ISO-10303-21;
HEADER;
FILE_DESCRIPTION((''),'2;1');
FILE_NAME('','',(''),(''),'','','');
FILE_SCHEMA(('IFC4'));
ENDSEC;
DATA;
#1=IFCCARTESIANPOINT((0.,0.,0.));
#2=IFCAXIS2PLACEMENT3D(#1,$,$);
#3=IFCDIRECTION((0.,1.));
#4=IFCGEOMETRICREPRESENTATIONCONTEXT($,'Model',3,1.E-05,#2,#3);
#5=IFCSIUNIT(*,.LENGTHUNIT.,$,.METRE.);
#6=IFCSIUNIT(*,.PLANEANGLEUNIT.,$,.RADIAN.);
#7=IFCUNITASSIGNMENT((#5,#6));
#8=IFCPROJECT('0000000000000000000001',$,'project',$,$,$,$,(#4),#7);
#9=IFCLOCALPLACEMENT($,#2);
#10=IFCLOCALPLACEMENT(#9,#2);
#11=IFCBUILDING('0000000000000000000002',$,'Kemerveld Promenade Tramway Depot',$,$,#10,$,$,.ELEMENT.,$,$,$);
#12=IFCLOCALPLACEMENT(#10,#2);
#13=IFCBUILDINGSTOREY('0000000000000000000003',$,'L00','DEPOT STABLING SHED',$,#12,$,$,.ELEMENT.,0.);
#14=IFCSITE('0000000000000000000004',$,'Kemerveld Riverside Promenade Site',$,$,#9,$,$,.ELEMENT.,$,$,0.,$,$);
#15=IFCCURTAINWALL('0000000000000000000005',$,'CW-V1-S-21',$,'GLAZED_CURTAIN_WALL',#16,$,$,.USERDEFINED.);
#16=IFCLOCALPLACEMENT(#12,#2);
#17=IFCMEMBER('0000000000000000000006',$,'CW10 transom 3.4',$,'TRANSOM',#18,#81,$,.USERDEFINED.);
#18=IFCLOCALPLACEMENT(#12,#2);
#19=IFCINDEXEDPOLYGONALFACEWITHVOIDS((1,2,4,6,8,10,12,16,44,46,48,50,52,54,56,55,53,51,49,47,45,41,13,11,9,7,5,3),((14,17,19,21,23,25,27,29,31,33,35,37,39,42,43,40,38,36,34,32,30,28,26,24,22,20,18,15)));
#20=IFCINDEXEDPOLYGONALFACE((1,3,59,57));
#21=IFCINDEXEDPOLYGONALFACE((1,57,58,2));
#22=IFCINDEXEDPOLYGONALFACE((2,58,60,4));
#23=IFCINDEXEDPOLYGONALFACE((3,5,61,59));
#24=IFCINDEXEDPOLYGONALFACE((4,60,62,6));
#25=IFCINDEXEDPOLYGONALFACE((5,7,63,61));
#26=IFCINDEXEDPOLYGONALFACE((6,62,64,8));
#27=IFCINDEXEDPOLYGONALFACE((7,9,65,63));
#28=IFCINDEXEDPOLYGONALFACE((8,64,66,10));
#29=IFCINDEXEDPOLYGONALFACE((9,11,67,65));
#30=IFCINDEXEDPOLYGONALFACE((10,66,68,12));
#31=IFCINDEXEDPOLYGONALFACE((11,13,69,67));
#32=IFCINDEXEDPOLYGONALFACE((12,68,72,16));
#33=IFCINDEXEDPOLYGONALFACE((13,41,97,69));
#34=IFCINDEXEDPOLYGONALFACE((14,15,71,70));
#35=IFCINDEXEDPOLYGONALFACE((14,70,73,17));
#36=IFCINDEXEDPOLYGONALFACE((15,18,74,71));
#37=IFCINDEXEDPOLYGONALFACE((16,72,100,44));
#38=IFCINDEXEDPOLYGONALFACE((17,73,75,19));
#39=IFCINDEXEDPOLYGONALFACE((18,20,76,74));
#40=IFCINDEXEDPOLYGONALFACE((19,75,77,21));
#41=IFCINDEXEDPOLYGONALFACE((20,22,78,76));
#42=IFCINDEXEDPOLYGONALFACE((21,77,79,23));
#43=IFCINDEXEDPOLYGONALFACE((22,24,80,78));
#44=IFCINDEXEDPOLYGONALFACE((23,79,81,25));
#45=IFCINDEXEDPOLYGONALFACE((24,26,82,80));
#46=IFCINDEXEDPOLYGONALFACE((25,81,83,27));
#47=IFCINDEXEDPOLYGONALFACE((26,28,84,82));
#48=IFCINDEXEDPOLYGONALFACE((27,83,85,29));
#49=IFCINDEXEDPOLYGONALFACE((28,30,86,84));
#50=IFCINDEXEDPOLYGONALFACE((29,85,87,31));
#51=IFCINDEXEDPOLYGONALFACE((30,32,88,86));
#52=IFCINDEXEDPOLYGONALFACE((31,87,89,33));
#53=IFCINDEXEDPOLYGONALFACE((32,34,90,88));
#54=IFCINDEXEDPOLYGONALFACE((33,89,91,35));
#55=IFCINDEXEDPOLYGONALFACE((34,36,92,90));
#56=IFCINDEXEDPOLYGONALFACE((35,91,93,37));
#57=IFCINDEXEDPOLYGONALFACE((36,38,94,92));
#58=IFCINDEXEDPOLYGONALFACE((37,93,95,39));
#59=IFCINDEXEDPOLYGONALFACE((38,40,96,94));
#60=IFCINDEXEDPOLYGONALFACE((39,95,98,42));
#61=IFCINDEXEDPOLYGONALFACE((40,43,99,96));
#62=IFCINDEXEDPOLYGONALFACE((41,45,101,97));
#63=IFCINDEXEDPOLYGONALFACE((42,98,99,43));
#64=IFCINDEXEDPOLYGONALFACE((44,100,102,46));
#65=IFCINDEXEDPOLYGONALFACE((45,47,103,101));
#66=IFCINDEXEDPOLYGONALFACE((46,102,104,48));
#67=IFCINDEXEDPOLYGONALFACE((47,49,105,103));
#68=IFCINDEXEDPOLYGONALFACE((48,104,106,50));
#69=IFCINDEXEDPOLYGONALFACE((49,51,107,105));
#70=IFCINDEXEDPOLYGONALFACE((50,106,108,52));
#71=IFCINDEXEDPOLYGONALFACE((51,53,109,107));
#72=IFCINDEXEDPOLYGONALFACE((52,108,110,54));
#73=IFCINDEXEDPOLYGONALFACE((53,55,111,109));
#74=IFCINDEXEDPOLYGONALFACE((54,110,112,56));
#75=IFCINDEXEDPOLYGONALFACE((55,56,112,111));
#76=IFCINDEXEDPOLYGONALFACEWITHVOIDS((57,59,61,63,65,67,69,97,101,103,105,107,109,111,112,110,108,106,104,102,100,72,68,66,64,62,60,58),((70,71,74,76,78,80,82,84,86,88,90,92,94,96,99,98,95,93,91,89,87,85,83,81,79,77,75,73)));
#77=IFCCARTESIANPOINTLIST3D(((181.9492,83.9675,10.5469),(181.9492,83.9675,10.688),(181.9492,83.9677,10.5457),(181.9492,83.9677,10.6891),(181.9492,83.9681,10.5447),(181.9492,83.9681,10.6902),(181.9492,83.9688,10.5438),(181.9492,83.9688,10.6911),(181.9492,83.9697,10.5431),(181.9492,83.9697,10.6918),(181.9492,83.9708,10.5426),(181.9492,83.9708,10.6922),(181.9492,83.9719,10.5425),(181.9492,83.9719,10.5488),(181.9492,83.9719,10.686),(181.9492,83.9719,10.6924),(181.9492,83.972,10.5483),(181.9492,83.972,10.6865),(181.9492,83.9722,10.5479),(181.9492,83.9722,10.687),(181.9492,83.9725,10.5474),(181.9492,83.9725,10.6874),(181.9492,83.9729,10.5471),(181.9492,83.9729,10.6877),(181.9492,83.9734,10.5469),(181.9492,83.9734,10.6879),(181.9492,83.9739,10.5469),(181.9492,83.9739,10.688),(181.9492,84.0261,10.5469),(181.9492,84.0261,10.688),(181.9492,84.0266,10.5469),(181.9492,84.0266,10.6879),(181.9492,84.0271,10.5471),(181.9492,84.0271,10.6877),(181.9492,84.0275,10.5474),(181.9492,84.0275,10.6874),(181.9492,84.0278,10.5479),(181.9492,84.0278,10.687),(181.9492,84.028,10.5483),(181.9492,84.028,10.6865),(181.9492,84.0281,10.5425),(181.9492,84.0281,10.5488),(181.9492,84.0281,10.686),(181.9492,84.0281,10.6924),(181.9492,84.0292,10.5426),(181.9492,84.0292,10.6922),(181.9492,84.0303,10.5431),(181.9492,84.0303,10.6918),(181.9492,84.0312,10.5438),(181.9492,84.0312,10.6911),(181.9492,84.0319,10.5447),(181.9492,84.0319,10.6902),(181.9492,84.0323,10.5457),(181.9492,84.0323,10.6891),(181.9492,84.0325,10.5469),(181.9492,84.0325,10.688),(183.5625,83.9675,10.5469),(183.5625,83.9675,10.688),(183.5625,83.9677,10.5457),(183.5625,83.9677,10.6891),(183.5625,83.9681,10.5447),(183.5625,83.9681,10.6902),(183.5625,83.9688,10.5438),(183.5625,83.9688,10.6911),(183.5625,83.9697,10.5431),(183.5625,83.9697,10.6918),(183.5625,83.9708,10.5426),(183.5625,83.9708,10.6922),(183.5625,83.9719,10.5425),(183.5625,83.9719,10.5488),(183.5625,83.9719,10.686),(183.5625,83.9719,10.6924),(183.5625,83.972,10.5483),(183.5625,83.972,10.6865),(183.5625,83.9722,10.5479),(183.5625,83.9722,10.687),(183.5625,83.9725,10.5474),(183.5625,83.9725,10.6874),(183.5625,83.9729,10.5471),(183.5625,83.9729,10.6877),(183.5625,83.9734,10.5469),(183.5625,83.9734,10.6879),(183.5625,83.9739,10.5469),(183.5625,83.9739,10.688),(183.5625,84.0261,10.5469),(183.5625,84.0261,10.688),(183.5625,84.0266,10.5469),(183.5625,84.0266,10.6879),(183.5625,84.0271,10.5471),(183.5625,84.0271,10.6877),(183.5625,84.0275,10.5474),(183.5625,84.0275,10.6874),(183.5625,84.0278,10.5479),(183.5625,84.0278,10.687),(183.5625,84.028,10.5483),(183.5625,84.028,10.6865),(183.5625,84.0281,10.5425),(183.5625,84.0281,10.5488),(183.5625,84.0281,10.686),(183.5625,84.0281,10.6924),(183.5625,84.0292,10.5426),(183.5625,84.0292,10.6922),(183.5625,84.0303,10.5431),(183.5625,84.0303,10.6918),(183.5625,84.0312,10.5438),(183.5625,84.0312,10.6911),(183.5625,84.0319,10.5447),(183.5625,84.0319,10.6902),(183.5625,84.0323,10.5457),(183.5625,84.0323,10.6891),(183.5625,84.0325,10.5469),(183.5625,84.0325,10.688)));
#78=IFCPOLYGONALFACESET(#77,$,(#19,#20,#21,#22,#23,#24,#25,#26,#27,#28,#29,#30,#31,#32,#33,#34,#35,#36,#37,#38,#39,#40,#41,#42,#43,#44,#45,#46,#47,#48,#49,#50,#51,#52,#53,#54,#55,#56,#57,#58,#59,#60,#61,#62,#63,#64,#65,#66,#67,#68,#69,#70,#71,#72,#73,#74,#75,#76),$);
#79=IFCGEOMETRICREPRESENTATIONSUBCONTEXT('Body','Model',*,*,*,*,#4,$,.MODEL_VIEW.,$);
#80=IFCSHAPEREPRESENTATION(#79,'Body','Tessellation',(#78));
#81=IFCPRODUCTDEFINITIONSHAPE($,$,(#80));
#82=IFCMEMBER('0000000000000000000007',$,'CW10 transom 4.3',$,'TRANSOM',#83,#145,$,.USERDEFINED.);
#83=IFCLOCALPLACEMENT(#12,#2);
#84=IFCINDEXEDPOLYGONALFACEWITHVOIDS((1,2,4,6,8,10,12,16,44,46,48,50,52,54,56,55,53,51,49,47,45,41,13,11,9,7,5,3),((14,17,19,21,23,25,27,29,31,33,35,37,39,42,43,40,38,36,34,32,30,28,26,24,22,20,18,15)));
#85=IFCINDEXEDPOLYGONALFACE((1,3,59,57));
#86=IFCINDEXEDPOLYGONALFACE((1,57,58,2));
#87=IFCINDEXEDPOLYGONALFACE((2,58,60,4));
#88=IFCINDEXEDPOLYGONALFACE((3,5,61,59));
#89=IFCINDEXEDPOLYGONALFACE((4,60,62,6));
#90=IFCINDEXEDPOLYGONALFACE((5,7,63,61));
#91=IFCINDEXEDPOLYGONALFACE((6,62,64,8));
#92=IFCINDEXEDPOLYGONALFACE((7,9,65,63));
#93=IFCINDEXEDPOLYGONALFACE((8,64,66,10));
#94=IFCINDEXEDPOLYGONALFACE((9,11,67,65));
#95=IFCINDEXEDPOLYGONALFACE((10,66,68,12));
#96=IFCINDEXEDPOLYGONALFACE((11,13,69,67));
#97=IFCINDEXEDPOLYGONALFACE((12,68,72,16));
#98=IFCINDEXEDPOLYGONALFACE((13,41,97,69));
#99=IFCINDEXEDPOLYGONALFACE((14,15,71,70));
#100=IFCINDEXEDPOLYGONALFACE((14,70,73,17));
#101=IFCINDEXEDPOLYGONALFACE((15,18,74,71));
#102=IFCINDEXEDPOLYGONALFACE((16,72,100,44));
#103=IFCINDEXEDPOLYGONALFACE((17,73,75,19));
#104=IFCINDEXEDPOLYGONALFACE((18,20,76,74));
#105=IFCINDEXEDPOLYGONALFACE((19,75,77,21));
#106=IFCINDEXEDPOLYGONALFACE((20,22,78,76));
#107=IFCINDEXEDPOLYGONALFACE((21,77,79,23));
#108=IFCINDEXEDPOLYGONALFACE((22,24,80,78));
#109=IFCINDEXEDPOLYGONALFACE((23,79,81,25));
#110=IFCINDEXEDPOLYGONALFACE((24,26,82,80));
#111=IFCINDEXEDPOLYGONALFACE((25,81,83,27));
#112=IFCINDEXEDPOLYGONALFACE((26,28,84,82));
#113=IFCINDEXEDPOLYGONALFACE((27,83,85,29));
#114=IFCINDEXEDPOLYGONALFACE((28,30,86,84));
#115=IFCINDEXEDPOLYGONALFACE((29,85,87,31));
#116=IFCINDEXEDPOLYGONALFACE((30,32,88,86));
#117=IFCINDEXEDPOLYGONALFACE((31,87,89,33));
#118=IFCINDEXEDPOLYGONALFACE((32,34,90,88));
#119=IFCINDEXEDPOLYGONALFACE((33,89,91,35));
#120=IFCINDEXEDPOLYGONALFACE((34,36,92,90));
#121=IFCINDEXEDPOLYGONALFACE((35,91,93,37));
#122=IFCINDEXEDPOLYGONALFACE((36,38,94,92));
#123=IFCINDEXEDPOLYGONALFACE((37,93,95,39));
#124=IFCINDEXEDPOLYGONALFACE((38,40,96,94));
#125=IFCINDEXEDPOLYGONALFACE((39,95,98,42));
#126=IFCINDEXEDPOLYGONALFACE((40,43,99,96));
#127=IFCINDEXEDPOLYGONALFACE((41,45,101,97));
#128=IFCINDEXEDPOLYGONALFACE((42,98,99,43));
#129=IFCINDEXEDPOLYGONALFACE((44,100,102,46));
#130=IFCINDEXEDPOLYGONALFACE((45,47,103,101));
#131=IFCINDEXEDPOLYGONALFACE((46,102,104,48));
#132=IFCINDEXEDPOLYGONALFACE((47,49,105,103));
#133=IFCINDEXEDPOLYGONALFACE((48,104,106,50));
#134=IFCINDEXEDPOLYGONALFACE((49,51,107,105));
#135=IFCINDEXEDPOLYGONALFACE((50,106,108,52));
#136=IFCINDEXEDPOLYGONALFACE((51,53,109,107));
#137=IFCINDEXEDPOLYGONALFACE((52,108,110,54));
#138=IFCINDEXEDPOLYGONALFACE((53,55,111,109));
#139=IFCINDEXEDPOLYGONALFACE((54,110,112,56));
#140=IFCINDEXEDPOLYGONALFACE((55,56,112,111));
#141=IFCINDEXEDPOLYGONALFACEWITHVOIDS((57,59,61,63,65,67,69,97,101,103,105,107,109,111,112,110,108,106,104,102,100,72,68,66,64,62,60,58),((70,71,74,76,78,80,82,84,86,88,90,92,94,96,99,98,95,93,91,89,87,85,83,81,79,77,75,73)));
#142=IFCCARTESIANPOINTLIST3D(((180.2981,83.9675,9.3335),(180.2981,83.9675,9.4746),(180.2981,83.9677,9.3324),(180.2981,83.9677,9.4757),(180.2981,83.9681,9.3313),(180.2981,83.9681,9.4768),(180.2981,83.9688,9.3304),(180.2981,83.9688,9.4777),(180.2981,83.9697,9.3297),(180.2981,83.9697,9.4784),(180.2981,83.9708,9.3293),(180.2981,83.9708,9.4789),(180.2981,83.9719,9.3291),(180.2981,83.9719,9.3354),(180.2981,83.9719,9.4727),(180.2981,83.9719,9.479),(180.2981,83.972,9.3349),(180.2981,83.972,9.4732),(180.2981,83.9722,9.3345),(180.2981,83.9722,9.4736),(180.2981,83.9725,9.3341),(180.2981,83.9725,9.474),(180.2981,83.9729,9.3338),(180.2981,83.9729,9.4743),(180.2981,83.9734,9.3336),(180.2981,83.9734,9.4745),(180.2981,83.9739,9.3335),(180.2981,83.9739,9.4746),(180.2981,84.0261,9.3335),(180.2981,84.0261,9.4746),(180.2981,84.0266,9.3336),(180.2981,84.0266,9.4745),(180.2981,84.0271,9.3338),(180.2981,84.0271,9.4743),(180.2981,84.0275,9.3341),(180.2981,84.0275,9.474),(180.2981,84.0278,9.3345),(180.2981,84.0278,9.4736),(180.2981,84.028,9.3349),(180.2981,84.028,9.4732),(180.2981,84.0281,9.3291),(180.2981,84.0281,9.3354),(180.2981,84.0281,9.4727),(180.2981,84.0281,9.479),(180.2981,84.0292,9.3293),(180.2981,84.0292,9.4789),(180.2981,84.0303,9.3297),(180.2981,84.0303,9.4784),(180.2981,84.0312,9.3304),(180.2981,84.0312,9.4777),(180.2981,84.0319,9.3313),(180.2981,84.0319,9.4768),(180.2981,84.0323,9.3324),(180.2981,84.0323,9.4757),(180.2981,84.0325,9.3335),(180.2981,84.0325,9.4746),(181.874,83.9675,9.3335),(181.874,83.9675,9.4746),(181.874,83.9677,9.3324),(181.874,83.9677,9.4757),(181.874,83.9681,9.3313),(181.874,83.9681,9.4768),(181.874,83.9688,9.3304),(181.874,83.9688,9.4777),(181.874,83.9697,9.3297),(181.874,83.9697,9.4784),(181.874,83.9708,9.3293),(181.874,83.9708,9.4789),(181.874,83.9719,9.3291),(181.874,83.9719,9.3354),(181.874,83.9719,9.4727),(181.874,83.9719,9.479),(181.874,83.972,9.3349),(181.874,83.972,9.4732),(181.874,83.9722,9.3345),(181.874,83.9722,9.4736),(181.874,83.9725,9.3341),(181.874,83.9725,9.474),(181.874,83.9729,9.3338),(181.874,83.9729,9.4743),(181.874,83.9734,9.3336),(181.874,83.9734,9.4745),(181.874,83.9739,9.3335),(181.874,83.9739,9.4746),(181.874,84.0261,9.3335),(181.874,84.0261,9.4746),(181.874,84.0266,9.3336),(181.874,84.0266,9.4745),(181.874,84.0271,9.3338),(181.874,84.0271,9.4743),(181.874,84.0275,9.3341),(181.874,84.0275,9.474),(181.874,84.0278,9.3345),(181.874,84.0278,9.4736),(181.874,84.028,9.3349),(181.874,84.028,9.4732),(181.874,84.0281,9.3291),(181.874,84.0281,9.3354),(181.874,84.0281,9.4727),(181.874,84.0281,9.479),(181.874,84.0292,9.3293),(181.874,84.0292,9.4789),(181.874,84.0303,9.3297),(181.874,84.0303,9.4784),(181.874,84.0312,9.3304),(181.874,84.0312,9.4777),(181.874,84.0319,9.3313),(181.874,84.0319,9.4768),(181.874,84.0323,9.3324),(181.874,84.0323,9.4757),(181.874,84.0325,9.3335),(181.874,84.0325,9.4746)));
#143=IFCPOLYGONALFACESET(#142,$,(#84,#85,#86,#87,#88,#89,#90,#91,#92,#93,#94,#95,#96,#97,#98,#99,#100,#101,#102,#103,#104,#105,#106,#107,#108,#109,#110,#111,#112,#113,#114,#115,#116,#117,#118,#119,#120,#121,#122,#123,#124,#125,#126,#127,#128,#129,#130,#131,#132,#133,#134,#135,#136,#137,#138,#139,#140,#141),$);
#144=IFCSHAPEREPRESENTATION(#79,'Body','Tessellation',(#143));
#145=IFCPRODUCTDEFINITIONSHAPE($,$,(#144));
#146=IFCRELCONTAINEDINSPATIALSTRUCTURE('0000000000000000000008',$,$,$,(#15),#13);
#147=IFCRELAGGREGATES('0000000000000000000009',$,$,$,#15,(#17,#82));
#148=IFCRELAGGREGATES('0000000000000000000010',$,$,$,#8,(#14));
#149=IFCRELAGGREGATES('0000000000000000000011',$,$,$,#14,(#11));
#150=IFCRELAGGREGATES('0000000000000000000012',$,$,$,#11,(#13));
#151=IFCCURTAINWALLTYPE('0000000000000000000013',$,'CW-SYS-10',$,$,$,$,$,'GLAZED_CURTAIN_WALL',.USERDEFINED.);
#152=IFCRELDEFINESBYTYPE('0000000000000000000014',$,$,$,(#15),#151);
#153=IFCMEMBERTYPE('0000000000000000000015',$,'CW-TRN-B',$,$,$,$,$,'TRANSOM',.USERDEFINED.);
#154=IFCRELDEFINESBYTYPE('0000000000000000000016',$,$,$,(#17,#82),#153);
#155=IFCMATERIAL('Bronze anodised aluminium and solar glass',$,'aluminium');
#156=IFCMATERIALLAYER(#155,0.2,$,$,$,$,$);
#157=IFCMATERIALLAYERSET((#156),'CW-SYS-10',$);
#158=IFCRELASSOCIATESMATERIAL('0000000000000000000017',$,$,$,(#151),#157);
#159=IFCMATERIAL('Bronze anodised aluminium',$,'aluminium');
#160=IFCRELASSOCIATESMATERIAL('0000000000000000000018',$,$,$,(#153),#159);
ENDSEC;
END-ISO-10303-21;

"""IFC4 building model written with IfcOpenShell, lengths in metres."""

from ifc_helpers import new_model, si_unit, direction, frame, origin, origin_2d, place, context, subcontext, project, spatial, hollow_rectangle, extrude, material, layer, layer_set, material_profile, profile_set, type_object, element, aggregate, save


model = new_model("IFC4")

# Units and contexts
model_context = context("Model", 3, precision=1e-05, world=origin(), true_north=direction((0.0, 1.0)))
body_context = subcontext(model_context, "Body", "Model", "MODEL_VIEW")
ifc_project = project(units=[si_unit("LENGTHUNIT", "METRE"), si_unit("PLANEANGLEUNIT", "RADIAN")], contexts=[model_context])

# Site, building, storey
site_placement = place(None, origin())
site = spatial("IfcSite", under=ifc_project, at=site_placement, Name="Kemerveld Riverside Promenade Site", CompositionType="ELEMENT", RefElevation=0.0)
building_placement = place(site_placement, origin())
building = spatial("IfcBuilding", under=site, at=building_placement, Name="Kemerveld Promenade Tramway Depot", CompositionType="ELEMENT")
storey_placement = place(building_placement, origin())
storey = spatial("IfcBuildingStorey", under=building, at=storey_placement, Name="L00", Description="DEPOT STABLING SHED", CompositionType="ELEMENT", Elevation=0.0)

# Curtain wall, members
ifc_material_1 = material(Name="Bronze anodised aluminium and solar glass", Category="aluminium")
ifc_material_2 = material(Name="Bronze anodised aluminium", Category="aluminium")
ifc_layer_1 = layer(ifc_material_1, 0.2)
ifc_layer_set_1 = layer_set([ifc_layer_1], Name="CW-SYS-10")
curtain_wall_type_1 = type_object("IfcCurtainWallType", Name="CW-SYS-10", ElementType="GLAZED_CURTAIN_WALL", PredefinedType="USERDEFINED", material=ifc_layer_set_1)
curtain_wall_1_placement = place(storey_placement, origin())
curtain_wall_1 = element("IfcCurtainWall", 1, at=curtain_wall_1_placement, inside=storey, type_object=curtain_wall_type_1, Name="CW-V1-S-21", ObjectType="GLAZED_CURTAIN_WALL", PredefinedType="USERDEFINED")
ifc_material_profile_1 = material_profile(ifc_material_2, hollow_rectangle(XDim=0.0649, YDim=0.1499, WallThickness=0.0044, InnerFilletRadius=0.002, OuterFilletRadius=0.0044, at=origin_2d()), Name="CW-TRN-150x65")
ifc_profile_set_1 = profile_set([ifc_material_profile_1], Name="Bronze anodised aluminium")
member_type_1 = type_object("IfcMemberType", Name="CW-TRN-B", ElementType="TRANSOM", PredefinedType="USERDEFINED", material=ifc_profile_set_1)
member_1_placement = place(storey_placement, frame((183.5625, 84.0, 10.6174), z_axis=(-1.0, 0.0, 0.0), x_axis=(0.0, -1.0, 0.0)))
member_1 = element("IfcMember", 2, at=member_1_placement, type_object=member_type_1, Name="CW10 transom 3.4", ObjectType="TRANSOM", PredefinedType="USERDEFINED", context=body_context, shape_type="SweptSolid", body=[
    extrude(hollow_rectangle(XDim=0.0649, YDim=0.1499, WallThickness=0.0044, InnerFilletRadius=0.002, OuterFilletRadius=0.0044, at=origin_2d()), origin(), (0.0, 0.0, 1.0), 1.6133),
])
member_2_placement = place(storey_placement, frame((181.874, 84.0, 9.4041), z_axis=(-1.0, 0.0, 0.0), x_axis=(0.0, -1.0, 0.0)))
member_2 = element("IfcMember", 3, at=member_2_placement, type_object=member_type_1, Name="CW10 transom 4.3", ObjectType="TRANSOM", PredefinedType="USERDEFINED", context=body_context, shape_type="SweptSolid", body=[
    extrude(hollow_rectangle(XDim=0.0649, YDim=0.1499, WallThickness=0.0044, InnerFilletRadius=0.002, OuterFilletRadius=0.0044, at=origin_2d()), origin(), (0.0, 0.0, 1.0), 1.5759),
])

aggregate(curtain_wall_1, [member_1, member_2])

save(model, "model.ifc")
